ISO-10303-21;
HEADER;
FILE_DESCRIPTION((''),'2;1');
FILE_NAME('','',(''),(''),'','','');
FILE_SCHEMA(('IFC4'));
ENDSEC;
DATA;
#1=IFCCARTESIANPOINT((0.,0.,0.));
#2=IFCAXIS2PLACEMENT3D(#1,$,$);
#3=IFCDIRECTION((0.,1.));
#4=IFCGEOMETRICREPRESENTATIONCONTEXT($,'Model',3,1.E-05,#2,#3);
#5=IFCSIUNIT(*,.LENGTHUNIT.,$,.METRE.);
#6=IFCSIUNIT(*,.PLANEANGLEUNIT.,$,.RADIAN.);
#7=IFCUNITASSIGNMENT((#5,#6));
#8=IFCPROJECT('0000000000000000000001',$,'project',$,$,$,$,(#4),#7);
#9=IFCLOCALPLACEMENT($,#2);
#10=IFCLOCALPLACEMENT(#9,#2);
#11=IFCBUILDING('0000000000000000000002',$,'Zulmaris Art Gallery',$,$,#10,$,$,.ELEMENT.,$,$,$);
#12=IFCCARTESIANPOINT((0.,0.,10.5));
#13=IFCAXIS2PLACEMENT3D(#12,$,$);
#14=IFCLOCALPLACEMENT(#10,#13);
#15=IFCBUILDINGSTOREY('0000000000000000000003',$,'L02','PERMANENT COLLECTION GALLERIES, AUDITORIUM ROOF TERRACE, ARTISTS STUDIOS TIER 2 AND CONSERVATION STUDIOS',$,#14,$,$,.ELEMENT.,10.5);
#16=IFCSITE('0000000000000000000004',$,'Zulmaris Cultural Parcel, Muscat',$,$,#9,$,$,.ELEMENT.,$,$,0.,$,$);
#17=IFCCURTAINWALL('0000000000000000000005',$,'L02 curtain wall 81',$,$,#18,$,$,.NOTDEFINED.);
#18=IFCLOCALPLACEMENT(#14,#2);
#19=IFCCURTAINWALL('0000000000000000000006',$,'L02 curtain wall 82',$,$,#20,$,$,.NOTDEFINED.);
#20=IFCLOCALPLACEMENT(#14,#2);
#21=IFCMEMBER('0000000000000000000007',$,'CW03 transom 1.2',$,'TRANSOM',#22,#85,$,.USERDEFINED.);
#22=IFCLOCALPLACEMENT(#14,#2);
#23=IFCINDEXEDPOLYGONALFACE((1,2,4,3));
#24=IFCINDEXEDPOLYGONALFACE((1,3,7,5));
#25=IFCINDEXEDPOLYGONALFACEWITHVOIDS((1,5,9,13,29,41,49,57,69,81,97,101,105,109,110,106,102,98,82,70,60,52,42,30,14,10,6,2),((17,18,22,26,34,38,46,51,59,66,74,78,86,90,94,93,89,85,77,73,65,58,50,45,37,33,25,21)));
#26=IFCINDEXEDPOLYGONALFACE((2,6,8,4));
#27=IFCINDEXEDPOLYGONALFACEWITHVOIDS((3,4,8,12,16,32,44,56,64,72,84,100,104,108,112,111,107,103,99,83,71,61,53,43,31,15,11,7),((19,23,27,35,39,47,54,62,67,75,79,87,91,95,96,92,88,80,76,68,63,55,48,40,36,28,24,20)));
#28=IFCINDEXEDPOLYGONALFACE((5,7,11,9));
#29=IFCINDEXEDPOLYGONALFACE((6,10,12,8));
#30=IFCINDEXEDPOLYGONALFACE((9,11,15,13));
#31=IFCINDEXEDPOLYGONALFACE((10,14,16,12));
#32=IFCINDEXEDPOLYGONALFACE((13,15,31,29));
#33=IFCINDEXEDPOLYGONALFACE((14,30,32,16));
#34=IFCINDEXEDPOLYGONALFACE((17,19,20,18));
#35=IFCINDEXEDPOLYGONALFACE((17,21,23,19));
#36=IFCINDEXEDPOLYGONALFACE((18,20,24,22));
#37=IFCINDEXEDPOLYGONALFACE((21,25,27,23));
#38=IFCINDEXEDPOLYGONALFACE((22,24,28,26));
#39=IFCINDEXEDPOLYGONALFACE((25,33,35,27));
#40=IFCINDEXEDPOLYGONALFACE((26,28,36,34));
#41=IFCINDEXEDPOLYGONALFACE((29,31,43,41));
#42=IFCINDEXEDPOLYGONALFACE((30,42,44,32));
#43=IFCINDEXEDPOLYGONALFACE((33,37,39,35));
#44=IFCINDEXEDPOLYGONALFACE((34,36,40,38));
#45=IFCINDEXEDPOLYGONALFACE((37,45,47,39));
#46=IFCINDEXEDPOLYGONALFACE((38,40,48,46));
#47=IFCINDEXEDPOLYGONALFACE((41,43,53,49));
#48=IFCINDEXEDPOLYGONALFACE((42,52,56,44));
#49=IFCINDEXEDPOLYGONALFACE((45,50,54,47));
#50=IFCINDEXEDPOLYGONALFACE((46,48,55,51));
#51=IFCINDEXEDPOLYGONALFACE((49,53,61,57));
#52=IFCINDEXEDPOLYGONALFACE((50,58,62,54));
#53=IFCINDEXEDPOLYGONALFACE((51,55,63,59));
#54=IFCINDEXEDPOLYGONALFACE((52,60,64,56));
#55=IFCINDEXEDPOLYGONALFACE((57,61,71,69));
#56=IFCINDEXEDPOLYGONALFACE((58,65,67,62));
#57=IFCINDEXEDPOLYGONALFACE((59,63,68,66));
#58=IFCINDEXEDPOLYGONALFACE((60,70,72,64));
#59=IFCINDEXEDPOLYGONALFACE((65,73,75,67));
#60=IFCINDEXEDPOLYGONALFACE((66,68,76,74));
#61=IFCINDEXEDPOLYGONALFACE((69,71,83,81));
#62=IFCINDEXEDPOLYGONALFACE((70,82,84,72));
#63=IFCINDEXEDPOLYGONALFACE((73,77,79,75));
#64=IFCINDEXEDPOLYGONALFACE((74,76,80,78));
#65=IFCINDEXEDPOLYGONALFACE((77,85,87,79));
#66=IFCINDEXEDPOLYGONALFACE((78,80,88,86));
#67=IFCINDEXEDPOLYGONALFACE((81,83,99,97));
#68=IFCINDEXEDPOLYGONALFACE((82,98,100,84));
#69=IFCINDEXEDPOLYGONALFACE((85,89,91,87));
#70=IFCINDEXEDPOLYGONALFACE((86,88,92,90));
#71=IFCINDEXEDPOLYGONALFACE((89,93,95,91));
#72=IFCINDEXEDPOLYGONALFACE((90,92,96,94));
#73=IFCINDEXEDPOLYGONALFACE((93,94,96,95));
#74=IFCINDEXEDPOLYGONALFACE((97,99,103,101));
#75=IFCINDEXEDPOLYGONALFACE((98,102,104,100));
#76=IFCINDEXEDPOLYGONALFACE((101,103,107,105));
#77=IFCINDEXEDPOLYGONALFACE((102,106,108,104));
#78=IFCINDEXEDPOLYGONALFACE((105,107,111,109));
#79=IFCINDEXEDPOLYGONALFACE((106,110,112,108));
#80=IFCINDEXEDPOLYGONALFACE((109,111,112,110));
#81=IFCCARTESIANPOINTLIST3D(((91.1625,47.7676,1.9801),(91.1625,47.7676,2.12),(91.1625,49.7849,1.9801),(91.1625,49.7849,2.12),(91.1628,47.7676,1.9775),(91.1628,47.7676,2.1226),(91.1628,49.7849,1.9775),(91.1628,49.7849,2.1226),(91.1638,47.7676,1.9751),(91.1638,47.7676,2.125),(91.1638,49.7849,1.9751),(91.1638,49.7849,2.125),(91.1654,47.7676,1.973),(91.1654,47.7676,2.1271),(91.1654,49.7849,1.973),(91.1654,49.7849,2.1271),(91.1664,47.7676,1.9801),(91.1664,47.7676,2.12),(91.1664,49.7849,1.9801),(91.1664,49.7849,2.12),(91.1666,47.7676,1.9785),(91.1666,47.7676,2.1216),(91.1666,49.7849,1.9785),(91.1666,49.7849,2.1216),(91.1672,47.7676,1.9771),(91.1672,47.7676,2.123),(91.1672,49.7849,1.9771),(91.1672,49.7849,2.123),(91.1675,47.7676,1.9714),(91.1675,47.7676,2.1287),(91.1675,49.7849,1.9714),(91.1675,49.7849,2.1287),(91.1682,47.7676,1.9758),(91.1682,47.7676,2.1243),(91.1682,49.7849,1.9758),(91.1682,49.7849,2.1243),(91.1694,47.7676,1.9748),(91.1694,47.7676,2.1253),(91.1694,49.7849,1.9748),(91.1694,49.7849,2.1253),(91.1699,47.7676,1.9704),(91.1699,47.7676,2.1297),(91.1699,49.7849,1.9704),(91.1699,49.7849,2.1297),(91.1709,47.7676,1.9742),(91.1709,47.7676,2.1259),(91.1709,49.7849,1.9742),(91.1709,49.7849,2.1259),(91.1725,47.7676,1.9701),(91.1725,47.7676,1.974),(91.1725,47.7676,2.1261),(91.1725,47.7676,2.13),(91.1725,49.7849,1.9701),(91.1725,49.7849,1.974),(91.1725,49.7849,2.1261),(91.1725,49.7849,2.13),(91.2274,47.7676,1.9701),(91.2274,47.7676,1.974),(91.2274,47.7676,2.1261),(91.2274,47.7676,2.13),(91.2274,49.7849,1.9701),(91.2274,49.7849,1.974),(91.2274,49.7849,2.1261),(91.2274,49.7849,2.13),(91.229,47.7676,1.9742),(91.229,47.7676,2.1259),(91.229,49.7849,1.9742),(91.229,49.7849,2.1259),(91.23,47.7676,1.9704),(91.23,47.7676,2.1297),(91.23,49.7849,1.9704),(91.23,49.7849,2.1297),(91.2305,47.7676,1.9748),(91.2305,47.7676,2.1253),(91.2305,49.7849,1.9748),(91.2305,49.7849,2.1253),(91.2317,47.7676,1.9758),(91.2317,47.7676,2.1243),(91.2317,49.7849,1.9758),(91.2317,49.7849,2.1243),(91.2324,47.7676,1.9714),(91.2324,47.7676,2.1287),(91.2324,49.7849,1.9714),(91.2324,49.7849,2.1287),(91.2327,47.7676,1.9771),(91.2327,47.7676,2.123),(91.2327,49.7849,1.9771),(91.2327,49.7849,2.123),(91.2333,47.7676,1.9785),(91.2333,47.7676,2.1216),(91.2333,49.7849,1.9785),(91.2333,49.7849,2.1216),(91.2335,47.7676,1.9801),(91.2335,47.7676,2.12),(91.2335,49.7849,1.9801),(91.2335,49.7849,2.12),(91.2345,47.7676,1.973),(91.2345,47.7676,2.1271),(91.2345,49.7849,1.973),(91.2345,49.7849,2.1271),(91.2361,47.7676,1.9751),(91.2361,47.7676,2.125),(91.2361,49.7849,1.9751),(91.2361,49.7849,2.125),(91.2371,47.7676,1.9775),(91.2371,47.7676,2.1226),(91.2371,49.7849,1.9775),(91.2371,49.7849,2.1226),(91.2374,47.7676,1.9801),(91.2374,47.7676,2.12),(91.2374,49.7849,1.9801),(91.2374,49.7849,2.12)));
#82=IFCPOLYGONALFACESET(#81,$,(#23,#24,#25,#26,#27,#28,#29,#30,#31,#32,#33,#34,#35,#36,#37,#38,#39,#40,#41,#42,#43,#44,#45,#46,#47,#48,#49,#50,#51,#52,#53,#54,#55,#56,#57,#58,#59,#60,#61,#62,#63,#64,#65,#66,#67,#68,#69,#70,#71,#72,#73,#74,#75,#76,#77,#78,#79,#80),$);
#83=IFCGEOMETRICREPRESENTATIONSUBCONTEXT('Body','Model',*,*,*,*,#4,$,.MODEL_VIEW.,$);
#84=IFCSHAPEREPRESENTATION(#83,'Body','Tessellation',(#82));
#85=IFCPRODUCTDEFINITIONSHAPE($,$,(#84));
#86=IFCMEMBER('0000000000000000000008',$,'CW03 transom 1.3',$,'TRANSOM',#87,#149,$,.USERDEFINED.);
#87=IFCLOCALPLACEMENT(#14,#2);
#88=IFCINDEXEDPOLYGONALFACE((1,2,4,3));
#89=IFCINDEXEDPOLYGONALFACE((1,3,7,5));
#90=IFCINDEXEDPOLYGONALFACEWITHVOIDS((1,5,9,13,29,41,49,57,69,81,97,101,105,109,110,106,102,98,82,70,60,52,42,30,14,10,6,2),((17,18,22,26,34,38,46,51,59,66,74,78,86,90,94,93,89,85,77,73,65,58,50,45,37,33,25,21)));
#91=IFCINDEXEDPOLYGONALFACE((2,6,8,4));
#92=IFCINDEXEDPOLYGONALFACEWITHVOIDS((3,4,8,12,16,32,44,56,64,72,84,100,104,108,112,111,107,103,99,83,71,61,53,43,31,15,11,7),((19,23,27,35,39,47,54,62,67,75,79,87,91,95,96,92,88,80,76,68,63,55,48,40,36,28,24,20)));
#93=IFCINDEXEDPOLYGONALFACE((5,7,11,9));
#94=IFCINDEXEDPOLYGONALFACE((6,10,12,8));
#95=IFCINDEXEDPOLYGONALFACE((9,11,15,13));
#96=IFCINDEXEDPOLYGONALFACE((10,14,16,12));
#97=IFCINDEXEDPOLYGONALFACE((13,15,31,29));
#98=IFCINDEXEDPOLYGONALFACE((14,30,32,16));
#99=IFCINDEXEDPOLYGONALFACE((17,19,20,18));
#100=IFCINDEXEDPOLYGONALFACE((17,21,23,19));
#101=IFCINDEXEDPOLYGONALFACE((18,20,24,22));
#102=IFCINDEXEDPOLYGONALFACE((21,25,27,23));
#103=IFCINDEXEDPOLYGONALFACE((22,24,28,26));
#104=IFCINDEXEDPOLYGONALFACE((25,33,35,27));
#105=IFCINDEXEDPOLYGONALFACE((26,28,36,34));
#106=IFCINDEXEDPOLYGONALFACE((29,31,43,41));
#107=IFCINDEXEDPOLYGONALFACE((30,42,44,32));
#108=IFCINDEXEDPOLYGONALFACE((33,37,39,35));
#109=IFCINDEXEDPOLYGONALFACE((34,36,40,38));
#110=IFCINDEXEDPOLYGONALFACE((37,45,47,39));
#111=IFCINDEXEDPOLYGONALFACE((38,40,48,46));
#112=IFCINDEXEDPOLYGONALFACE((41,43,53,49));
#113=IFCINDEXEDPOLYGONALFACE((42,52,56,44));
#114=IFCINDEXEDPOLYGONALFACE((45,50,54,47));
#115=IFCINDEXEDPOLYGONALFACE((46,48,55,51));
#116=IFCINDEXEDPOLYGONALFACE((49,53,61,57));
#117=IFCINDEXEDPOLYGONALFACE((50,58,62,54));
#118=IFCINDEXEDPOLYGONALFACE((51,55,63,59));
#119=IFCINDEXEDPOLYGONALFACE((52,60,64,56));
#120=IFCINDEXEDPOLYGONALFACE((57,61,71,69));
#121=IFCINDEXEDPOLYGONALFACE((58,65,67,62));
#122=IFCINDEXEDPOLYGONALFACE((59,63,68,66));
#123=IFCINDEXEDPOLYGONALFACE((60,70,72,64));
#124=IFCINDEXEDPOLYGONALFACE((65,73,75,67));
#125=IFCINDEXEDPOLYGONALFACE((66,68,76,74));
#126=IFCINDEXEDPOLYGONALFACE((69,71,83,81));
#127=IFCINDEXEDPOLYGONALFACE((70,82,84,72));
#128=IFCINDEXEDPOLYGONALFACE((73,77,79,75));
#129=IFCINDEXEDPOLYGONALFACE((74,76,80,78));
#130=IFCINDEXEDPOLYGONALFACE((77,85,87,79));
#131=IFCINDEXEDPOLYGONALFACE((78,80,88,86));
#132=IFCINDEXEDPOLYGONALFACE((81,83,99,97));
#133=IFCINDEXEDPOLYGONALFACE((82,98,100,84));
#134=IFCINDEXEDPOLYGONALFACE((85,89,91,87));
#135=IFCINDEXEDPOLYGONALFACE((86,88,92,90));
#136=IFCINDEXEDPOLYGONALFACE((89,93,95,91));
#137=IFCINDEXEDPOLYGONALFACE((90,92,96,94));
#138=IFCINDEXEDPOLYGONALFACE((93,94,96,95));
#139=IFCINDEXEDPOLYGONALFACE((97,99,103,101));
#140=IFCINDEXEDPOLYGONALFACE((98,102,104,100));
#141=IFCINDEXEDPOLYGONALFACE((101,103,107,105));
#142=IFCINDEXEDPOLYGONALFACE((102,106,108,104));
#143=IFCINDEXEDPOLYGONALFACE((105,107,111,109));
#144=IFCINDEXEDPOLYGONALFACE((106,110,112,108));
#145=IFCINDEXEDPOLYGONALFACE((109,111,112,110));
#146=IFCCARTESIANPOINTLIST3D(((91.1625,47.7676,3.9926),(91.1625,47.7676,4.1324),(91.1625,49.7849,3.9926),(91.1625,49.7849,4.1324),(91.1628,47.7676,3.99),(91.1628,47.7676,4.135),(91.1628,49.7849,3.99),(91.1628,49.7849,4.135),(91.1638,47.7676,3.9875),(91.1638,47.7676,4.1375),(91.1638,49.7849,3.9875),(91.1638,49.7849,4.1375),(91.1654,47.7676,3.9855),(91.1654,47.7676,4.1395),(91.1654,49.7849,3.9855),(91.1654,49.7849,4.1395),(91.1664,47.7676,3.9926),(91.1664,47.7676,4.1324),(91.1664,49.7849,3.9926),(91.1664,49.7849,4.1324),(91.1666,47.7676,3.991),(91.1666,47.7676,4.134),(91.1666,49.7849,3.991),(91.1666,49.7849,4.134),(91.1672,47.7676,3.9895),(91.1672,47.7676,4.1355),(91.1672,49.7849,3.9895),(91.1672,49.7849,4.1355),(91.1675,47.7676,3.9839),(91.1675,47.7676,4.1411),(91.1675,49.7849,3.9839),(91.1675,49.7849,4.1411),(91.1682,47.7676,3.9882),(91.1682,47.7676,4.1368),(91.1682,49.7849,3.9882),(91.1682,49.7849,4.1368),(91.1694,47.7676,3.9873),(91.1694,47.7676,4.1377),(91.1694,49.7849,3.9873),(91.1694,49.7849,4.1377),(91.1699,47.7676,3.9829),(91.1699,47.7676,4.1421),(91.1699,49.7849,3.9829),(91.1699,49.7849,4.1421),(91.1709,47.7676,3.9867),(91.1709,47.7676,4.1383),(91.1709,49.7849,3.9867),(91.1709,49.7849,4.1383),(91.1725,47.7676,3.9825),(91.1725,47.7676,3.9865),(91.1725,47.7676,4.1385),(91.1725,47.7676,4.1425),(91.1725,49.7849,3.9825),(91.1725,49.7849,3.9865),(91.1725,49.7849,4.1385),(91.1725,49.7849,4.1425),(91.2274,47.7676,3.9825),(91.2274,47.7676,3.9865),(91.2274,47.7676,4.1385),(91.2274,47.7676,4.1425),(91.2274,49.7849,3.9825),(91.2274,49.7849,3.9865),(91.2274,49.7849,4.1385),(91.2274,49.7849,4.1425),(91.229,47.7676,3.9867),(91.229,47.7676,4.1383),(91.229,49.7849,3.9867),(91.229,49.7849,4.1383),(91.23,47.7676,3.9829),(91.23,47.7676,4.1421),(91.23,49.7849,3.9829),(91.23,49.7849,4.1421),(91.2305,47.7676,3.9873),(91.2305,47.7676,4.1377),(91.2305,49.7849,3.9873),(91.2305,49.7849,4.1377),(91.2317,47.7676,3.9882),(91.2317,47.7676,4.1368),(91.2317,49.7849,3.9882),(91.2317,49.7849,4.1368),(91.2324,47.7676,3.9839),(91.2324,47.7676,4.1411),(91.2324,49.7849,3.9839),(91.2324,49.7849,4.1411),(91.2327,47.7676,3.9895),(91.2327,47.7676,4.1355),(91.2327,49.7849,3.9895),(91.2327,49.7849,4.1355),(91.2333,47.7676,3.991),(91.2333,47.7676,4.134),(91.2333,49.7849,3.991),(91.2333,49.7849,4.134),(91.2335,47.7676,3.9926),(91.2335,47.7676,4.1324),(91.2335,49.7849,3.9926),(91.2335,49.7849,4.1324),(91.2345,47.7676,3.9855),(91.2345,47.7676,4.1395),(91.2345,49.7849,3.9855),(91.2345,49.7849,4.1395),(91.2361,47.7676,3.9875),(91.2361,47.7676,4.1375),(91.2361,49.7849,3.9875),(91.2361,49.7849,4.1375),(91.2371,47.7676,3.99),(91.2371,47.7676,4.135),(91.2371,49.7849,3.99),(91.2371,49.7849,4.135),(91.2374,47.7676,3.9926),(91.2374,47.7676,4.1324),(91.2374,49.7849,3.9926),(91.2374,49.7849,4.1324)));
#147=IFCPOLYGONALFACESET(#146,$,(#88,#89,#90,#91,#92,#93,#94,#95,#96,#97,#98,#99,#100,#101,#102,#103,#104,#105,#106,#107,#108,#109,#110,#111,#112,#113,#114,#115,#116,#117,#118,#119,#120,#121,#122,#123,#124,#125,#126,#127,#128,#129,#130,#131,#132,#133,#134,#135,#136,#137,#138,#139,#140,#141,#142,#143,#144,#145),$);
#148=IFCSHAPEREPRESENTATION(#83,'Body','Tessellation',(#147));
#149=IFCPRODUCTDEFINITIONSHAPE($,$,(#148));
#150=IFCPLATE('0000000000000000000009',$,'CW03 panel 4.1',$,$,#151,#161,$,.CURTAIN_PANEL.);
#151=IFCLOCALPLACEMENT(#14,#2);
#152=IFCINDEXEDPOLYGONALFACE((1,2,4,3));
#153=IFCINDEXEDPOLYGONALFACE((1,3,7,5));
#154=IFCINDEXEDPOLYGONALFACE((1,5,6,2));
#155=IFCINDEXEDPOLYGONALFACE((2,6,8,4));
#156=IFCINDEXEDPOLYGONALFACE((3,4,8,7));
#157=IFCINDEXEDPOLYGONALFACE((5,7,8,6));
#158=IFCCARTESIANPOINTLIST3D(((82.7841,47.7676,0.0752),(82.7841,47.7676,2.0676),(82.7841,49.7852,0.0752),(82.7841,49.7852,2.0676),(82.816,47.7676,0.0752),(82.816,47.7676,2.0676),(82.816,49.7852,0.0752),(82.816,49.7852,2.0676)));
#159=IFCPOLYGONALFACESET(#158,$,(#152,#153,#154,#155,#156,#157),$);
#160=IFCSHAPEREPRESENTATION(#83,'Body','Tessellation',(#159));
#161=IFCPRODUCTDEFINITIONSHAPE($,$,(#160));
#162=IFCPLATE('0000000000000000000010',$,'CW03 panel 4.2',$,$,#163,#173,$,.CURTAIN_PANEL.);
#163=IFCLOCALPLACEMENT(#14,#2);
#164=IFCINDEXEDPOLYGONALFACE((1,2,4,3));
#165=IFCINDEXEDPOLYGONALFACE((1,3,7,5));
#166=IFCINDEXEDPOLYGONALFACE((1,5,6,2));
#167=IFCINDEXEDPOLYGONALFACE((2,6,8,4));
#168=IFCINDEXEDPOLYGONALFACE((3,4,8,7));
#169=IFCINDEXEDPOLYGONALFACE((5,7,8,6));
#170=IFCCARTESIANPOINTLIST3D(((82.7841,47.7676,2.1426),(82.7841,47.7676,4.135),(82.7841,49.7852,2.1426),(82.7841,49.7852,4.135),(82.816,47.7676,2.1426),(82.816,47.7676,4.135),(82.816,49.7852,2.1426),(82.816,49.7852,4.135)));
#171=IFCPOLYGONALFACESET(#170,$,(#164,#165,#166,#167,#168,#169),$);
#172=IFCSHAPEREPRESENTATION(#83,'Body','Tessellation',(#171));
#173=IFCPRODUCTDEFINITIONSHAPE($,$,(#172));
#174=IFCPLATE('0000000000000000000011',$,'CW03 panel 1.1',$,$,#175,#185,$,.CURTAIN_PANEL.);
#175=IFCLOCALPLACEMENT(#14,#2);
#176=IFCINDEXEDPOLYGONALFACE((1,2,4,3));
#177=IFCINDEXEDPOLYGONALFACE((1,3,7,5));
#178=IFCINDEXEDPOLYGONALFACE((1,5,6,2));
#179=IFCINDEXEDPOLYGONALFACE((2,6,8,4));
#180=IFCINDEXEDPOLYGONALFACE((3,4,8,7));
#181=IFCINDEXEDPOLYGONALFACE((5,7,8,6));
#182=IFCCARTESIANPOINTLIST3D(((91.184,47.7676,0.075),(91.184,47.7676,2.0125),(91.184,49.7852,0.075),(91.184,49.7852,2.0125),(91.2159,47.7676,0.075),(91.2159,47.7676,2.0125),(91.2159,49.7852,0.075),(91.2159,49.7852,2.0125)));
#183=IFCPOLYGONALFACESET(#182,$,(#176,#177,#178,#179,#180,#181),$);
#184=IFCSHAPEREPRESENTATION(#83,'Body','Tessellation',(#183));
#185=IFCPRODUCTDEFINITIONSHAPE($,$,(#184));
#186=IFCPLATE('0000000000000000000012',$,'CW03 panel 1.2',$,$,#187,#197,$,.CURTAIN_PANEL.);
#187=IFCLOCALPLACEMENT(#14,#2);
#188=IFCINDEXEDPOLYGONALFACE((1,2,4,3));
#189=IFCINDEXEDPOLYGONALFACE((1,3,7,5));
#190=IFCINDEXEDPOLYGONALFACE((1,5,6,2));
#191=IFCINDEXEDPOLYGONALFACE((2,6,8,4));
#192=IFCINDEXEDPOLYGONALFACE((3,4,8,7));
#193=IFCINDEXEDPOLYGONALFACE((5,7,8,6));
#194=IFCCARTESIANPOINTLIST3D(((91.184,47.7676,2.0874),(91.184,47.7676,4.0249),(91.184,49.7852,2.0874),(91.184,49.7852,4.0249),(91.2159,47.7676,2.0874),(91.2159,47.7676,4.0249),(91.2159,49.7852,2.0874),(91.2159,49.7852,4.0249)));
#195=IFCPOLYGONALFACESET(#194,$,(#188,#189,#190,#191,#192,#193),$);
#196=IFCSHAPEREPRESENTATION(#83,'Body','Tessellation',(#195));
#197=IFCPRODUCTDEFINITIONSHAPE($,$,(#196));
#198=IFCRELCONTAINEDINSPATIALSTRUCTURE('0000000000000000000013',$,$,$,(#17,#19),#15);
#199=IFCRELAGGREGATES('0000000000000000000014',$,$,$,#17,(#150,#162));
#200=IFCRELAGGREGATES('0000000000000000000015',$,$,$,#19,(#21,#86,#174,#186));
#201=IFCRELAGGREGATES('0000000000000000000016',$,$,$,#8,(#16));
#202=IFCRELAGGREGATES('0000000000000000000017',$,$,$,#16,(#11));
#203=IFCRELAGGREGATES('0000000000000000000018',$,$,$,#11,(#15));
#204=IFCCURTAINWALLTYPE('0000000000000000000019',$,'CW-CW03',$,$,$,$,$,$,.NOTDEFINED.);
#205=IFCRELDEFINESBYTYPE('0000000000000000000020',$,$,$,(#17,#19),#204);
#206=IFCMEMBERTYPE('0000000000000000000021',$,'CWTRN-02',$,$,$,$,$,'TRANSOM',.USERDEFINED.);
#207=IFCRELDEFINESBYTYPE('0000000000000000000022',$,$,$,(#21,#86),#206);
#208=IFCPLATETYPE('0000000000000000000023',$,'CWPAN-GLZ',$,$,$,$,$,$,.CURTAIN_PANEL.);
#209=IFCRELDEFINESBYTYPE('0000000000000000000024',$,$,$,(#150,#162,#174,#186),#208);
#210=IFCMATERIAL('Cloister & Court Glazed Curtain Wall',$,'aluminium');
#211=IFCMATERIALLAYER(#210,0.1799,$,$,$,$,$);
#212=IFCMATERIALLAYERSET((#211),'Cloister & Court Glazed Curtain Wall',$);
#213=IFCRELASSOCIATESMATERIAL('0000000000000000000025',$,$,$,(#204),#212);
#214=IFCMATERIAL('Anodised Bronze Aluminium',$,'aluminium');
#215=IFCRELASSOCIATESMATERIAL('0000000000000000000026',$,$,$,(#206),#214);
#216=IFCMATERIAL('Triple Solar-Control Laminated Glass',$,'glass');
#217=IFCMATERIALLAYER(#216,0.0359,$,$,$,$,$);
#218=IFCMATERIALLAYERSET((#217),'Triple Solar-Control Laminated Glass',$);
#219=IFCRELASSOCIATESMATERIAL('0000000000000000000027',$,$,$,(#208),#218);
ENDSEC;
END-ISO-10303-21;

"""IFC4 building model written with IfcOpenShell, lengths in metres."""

from ifc_helpers import new_model, si_unit, direction, frame, origin, origin_2d, place, context, subcontext, project, spatial, rectangle, hollow_rectangle, extrude, material, layer, layer_set, material_profile, profile_set, type_object, element, aggregate, save


model = new_model("IFC4")

# Units and contexts
model_context = context("Model", 3, precision=1e-05, world=origin(), true_north=direction((0.0, 1.0)))
body_context = subcontext(model_context, "Body", "Model", "MODEL_VIEW")
ifc_project = project(units=[si_unit("LENGTHUNIT", "METRE"), si_unit("PLANEANGLEUNIT", "RADIAN")], contexts=[model_context])

# Site, building, storey
site_placement = place(None, origin())
site = spatial("IfcSite", under=ifc_project, at=site_placement, Name="Zulmaris Cultural Parcel, Muscat", CompositionType="ELEMENT", RefElevation=0.0)
building_placement = place(site_placement, origin())
building = spatial("IfcBuilding", under=site, at=building_placement, Name="Zulmaris Art Gallery", CompositionType="ELEMENT")
storey_placement = place(building_placement, frame((0.0, 0.0, 10.5)))
storey = spatial("IfcBuildingStorey", under=building, at=storey_placement, Name="L02", Description="PERMANENT COLLECTION GALLERIES, AUDITORIUM ROOF TERRACE, ARTISTS STUDIOS TIER 2 AND CONSERVATION STUDIOS", CompositionType="ELEMENT", Elevation=10.5)

# Curtain walls
ifc_material_1 = material(Name="Cloister & Court Glazed Curtain Wall", Category="aluminium")
ifc_layer_1 = layer(ifc_material_1, 0.1799)
ifc_layer_set_1 = layer_set([ifc_layer_1], Name="Cloister & Court Glazed Curtain Wall")
curtain_wall_type = type_object("IfcCurtainWallType", Name="CW-CW03", PredefinedType="NOTDEFINED", material=ifc_layer_set_1)
curtain_wall_1_placement = place(storey_placement, origin())
curtain_wall_1 = element("IfcCurtainWall", 1, at=curtain_wall_1_placement, inside=storey, type_object=curtain_wall_type, Name="L02 curtain wall 81", PredefinedType="NOTDEFINED")
ifc_material_2 = material(Name="Anodised Bronze Aluminium", Category="aluminium")
curtain_wall_2_placement = place(storey_placement, origin())
curtain_wall_2 = element("IfcCurtainWall", 2, at=curtain_wall_2_placement, inside=storey, type_object=curtain_wall_type, Name="L02 curtain wall 82", PredefinedType="NOTDEFINED")

# Members
ifc_material_profile_1 = material_profile(ifc_material_2, hollow_rectangle(XDim=0.075, YDim=0.1599, WallThickness=0.0039, InnerFilletRadius=0.0061, OuterFilletRadius=0.01, at=origin_2d()), Name="ALU 75x160x4")
ifc_profile_set_1 = profile_set([ifc_material_profile_1], Name="Anodised Bronze Aluminium")
member_type_1 = type_object("IfcMemberType", Name="CWTRN-02", ElementType="TRANSOM", PredefinedType="USERDEFINED", material=ifc_profile_set_1)
member_1_placement = place(storey_placement, frame((91.2, 49.7849, 2.05), z_axis=(0.0, -1.0, 0.0), x_axis=(1.0, 0.0, 0.0)))
member_1 = element("IfcMember", 3, at=member_1_placement, type_object=member_type_1, Name="CW03 transom 1.2", ObjectType="TRANSOM", PredefinedType="USERDEFINED", context=body_context, shape_type="SweptSolid", body=[
    extrude(hollow_rectangle(XDim=0.075, YDim=0.1599, WallThickness=0.0039, InnerFilletRadius=0.0061, OuterFilletRadius=0.01, at=origin_2d()), origin(), (0.0, 0.0, 1.0), 2.0173),
])
member_2_placement = place(storey_placement, frame((91.2, 49.7849, 4.0625), z_axis=(0.0, -1.0, 0.0), x_axis=(1.0, 0.0, 0.0)))
member_2 = element("IfcMember", 4, at=member_2_placement, type_object=member_type_1, Name="CW03 transom 1.3", ObjectType="TRANSOM", PredefinedType="USERDEFINED", context=body_context, shape_type="SweptSolid", body=[
    extrude(hollow_rectangle(XDim=0.075, YDim=0.1599, WallThickness=0.0039, InnerFilletRadius=0.0061, OuterFilletRadius=0.01, at=origin_2d()), origin(), (0.0, 0.0, 1.0), 2.0173),
])

# Plates
ifc_material_3 = material(Name="Triple Solar-Control Laminated Glass", Category="glass")
ifc_layer_2 = layer(ifc_material_3, 0.0359)
ifc_layer_set_2 = layer_set([ifc_layer_2], Name="Triple Solar-Control Laminated Glass")
plate_type = type_object("IfcPlateType", Name="CWPAN-GLZ", PredefinedType="CURTAIN_PANEL", material=ifc_layer_set_2)
plate_1_placement = place(storey_placement, frame((82.8, 48.7764, 0.0752), z_axis=(0.0, 0.0, 1.0), x_axis=(0.0, 1.0, 0.0)))
plate_1 = element("IfcPlate", 5, at=plate_1_placement, type_object=plate_type, Name="CW03 panel 4.1", PredefinedType="CURTAIN_PANEL", context=body_context, shape_type="SweptSolid", body=[
    extrude(rectangle(XDim=2.0176, YDim=0.032, at=origin_2d()), origin(), (0.0, 0.0, 1.0), 1.9924),
])
plate_2_placement = place(storey_placement, frame((82.8, 48.7764, 2.1426), z_axis=(0.0, 0.0, 1.0), x_axis=(0.0, 1.0, 0.0)))
plate_2 = element("IfcPlate", 6, at=plate_2_placement, type_object=plate_type, Name="CW03 panel 4.2", PredefinedType="CURTAIN_PANEL", context=body_context, shape_type="SweptSolid", body=[
    extrude(rectangle(XDim=2.0176, YDim=0.032, at=origin_2d()), origin(), (0.0, 0.0, 1.0), 1.9924),
])
aggregate(curtain_wall_1, [plate_1, plate_2])
plate_3_placement = place(storey_placement, frame((91.2, 48.7764, 0.075), z_axis=(0.0, 0.0, 1.0), x_axis=(0.0, -1.0, 0.0)))
plate_3 = element("IfcPlate", 7, at=plate_3_placement, type_object=plate_type, Name="CW03 panel 1.1", PredefinedType="CURTAIN_PANEL", context=body_context, shape_type="SweptSolid", body=[
    extrude(rectangle(XDim=2.0176, YDim=0.032, at=origin_2d()), origin(), (0.0, 0.0, 1.0), 1.9375),
])
plate_4_placement = place(storey_placement, frame((91.2, 48.7764, 2.0874), z_axis=(0.0, 0.0, 1.0), x_axis=(0.0, -1.0, 0.0)))
plate_4 = element("IfcPlate", 8, at=plate_4_placement, type_object=plate_type, Name="CW03 panel 1.2", PredefinedType="CURTAIN_PANEL", context=body_context, shape_type="SweptSolid", body=[
    extrude(rectangle(XDim=2.0176, YDim=0.032, at=origin_2d()), origin(), (0.0, 0.0, 1.0), 1.9375),
])
aggregate(curtain_wall_2, [member_1, member_2, plate_3, plate_4])

save(model, "model.ifc")
